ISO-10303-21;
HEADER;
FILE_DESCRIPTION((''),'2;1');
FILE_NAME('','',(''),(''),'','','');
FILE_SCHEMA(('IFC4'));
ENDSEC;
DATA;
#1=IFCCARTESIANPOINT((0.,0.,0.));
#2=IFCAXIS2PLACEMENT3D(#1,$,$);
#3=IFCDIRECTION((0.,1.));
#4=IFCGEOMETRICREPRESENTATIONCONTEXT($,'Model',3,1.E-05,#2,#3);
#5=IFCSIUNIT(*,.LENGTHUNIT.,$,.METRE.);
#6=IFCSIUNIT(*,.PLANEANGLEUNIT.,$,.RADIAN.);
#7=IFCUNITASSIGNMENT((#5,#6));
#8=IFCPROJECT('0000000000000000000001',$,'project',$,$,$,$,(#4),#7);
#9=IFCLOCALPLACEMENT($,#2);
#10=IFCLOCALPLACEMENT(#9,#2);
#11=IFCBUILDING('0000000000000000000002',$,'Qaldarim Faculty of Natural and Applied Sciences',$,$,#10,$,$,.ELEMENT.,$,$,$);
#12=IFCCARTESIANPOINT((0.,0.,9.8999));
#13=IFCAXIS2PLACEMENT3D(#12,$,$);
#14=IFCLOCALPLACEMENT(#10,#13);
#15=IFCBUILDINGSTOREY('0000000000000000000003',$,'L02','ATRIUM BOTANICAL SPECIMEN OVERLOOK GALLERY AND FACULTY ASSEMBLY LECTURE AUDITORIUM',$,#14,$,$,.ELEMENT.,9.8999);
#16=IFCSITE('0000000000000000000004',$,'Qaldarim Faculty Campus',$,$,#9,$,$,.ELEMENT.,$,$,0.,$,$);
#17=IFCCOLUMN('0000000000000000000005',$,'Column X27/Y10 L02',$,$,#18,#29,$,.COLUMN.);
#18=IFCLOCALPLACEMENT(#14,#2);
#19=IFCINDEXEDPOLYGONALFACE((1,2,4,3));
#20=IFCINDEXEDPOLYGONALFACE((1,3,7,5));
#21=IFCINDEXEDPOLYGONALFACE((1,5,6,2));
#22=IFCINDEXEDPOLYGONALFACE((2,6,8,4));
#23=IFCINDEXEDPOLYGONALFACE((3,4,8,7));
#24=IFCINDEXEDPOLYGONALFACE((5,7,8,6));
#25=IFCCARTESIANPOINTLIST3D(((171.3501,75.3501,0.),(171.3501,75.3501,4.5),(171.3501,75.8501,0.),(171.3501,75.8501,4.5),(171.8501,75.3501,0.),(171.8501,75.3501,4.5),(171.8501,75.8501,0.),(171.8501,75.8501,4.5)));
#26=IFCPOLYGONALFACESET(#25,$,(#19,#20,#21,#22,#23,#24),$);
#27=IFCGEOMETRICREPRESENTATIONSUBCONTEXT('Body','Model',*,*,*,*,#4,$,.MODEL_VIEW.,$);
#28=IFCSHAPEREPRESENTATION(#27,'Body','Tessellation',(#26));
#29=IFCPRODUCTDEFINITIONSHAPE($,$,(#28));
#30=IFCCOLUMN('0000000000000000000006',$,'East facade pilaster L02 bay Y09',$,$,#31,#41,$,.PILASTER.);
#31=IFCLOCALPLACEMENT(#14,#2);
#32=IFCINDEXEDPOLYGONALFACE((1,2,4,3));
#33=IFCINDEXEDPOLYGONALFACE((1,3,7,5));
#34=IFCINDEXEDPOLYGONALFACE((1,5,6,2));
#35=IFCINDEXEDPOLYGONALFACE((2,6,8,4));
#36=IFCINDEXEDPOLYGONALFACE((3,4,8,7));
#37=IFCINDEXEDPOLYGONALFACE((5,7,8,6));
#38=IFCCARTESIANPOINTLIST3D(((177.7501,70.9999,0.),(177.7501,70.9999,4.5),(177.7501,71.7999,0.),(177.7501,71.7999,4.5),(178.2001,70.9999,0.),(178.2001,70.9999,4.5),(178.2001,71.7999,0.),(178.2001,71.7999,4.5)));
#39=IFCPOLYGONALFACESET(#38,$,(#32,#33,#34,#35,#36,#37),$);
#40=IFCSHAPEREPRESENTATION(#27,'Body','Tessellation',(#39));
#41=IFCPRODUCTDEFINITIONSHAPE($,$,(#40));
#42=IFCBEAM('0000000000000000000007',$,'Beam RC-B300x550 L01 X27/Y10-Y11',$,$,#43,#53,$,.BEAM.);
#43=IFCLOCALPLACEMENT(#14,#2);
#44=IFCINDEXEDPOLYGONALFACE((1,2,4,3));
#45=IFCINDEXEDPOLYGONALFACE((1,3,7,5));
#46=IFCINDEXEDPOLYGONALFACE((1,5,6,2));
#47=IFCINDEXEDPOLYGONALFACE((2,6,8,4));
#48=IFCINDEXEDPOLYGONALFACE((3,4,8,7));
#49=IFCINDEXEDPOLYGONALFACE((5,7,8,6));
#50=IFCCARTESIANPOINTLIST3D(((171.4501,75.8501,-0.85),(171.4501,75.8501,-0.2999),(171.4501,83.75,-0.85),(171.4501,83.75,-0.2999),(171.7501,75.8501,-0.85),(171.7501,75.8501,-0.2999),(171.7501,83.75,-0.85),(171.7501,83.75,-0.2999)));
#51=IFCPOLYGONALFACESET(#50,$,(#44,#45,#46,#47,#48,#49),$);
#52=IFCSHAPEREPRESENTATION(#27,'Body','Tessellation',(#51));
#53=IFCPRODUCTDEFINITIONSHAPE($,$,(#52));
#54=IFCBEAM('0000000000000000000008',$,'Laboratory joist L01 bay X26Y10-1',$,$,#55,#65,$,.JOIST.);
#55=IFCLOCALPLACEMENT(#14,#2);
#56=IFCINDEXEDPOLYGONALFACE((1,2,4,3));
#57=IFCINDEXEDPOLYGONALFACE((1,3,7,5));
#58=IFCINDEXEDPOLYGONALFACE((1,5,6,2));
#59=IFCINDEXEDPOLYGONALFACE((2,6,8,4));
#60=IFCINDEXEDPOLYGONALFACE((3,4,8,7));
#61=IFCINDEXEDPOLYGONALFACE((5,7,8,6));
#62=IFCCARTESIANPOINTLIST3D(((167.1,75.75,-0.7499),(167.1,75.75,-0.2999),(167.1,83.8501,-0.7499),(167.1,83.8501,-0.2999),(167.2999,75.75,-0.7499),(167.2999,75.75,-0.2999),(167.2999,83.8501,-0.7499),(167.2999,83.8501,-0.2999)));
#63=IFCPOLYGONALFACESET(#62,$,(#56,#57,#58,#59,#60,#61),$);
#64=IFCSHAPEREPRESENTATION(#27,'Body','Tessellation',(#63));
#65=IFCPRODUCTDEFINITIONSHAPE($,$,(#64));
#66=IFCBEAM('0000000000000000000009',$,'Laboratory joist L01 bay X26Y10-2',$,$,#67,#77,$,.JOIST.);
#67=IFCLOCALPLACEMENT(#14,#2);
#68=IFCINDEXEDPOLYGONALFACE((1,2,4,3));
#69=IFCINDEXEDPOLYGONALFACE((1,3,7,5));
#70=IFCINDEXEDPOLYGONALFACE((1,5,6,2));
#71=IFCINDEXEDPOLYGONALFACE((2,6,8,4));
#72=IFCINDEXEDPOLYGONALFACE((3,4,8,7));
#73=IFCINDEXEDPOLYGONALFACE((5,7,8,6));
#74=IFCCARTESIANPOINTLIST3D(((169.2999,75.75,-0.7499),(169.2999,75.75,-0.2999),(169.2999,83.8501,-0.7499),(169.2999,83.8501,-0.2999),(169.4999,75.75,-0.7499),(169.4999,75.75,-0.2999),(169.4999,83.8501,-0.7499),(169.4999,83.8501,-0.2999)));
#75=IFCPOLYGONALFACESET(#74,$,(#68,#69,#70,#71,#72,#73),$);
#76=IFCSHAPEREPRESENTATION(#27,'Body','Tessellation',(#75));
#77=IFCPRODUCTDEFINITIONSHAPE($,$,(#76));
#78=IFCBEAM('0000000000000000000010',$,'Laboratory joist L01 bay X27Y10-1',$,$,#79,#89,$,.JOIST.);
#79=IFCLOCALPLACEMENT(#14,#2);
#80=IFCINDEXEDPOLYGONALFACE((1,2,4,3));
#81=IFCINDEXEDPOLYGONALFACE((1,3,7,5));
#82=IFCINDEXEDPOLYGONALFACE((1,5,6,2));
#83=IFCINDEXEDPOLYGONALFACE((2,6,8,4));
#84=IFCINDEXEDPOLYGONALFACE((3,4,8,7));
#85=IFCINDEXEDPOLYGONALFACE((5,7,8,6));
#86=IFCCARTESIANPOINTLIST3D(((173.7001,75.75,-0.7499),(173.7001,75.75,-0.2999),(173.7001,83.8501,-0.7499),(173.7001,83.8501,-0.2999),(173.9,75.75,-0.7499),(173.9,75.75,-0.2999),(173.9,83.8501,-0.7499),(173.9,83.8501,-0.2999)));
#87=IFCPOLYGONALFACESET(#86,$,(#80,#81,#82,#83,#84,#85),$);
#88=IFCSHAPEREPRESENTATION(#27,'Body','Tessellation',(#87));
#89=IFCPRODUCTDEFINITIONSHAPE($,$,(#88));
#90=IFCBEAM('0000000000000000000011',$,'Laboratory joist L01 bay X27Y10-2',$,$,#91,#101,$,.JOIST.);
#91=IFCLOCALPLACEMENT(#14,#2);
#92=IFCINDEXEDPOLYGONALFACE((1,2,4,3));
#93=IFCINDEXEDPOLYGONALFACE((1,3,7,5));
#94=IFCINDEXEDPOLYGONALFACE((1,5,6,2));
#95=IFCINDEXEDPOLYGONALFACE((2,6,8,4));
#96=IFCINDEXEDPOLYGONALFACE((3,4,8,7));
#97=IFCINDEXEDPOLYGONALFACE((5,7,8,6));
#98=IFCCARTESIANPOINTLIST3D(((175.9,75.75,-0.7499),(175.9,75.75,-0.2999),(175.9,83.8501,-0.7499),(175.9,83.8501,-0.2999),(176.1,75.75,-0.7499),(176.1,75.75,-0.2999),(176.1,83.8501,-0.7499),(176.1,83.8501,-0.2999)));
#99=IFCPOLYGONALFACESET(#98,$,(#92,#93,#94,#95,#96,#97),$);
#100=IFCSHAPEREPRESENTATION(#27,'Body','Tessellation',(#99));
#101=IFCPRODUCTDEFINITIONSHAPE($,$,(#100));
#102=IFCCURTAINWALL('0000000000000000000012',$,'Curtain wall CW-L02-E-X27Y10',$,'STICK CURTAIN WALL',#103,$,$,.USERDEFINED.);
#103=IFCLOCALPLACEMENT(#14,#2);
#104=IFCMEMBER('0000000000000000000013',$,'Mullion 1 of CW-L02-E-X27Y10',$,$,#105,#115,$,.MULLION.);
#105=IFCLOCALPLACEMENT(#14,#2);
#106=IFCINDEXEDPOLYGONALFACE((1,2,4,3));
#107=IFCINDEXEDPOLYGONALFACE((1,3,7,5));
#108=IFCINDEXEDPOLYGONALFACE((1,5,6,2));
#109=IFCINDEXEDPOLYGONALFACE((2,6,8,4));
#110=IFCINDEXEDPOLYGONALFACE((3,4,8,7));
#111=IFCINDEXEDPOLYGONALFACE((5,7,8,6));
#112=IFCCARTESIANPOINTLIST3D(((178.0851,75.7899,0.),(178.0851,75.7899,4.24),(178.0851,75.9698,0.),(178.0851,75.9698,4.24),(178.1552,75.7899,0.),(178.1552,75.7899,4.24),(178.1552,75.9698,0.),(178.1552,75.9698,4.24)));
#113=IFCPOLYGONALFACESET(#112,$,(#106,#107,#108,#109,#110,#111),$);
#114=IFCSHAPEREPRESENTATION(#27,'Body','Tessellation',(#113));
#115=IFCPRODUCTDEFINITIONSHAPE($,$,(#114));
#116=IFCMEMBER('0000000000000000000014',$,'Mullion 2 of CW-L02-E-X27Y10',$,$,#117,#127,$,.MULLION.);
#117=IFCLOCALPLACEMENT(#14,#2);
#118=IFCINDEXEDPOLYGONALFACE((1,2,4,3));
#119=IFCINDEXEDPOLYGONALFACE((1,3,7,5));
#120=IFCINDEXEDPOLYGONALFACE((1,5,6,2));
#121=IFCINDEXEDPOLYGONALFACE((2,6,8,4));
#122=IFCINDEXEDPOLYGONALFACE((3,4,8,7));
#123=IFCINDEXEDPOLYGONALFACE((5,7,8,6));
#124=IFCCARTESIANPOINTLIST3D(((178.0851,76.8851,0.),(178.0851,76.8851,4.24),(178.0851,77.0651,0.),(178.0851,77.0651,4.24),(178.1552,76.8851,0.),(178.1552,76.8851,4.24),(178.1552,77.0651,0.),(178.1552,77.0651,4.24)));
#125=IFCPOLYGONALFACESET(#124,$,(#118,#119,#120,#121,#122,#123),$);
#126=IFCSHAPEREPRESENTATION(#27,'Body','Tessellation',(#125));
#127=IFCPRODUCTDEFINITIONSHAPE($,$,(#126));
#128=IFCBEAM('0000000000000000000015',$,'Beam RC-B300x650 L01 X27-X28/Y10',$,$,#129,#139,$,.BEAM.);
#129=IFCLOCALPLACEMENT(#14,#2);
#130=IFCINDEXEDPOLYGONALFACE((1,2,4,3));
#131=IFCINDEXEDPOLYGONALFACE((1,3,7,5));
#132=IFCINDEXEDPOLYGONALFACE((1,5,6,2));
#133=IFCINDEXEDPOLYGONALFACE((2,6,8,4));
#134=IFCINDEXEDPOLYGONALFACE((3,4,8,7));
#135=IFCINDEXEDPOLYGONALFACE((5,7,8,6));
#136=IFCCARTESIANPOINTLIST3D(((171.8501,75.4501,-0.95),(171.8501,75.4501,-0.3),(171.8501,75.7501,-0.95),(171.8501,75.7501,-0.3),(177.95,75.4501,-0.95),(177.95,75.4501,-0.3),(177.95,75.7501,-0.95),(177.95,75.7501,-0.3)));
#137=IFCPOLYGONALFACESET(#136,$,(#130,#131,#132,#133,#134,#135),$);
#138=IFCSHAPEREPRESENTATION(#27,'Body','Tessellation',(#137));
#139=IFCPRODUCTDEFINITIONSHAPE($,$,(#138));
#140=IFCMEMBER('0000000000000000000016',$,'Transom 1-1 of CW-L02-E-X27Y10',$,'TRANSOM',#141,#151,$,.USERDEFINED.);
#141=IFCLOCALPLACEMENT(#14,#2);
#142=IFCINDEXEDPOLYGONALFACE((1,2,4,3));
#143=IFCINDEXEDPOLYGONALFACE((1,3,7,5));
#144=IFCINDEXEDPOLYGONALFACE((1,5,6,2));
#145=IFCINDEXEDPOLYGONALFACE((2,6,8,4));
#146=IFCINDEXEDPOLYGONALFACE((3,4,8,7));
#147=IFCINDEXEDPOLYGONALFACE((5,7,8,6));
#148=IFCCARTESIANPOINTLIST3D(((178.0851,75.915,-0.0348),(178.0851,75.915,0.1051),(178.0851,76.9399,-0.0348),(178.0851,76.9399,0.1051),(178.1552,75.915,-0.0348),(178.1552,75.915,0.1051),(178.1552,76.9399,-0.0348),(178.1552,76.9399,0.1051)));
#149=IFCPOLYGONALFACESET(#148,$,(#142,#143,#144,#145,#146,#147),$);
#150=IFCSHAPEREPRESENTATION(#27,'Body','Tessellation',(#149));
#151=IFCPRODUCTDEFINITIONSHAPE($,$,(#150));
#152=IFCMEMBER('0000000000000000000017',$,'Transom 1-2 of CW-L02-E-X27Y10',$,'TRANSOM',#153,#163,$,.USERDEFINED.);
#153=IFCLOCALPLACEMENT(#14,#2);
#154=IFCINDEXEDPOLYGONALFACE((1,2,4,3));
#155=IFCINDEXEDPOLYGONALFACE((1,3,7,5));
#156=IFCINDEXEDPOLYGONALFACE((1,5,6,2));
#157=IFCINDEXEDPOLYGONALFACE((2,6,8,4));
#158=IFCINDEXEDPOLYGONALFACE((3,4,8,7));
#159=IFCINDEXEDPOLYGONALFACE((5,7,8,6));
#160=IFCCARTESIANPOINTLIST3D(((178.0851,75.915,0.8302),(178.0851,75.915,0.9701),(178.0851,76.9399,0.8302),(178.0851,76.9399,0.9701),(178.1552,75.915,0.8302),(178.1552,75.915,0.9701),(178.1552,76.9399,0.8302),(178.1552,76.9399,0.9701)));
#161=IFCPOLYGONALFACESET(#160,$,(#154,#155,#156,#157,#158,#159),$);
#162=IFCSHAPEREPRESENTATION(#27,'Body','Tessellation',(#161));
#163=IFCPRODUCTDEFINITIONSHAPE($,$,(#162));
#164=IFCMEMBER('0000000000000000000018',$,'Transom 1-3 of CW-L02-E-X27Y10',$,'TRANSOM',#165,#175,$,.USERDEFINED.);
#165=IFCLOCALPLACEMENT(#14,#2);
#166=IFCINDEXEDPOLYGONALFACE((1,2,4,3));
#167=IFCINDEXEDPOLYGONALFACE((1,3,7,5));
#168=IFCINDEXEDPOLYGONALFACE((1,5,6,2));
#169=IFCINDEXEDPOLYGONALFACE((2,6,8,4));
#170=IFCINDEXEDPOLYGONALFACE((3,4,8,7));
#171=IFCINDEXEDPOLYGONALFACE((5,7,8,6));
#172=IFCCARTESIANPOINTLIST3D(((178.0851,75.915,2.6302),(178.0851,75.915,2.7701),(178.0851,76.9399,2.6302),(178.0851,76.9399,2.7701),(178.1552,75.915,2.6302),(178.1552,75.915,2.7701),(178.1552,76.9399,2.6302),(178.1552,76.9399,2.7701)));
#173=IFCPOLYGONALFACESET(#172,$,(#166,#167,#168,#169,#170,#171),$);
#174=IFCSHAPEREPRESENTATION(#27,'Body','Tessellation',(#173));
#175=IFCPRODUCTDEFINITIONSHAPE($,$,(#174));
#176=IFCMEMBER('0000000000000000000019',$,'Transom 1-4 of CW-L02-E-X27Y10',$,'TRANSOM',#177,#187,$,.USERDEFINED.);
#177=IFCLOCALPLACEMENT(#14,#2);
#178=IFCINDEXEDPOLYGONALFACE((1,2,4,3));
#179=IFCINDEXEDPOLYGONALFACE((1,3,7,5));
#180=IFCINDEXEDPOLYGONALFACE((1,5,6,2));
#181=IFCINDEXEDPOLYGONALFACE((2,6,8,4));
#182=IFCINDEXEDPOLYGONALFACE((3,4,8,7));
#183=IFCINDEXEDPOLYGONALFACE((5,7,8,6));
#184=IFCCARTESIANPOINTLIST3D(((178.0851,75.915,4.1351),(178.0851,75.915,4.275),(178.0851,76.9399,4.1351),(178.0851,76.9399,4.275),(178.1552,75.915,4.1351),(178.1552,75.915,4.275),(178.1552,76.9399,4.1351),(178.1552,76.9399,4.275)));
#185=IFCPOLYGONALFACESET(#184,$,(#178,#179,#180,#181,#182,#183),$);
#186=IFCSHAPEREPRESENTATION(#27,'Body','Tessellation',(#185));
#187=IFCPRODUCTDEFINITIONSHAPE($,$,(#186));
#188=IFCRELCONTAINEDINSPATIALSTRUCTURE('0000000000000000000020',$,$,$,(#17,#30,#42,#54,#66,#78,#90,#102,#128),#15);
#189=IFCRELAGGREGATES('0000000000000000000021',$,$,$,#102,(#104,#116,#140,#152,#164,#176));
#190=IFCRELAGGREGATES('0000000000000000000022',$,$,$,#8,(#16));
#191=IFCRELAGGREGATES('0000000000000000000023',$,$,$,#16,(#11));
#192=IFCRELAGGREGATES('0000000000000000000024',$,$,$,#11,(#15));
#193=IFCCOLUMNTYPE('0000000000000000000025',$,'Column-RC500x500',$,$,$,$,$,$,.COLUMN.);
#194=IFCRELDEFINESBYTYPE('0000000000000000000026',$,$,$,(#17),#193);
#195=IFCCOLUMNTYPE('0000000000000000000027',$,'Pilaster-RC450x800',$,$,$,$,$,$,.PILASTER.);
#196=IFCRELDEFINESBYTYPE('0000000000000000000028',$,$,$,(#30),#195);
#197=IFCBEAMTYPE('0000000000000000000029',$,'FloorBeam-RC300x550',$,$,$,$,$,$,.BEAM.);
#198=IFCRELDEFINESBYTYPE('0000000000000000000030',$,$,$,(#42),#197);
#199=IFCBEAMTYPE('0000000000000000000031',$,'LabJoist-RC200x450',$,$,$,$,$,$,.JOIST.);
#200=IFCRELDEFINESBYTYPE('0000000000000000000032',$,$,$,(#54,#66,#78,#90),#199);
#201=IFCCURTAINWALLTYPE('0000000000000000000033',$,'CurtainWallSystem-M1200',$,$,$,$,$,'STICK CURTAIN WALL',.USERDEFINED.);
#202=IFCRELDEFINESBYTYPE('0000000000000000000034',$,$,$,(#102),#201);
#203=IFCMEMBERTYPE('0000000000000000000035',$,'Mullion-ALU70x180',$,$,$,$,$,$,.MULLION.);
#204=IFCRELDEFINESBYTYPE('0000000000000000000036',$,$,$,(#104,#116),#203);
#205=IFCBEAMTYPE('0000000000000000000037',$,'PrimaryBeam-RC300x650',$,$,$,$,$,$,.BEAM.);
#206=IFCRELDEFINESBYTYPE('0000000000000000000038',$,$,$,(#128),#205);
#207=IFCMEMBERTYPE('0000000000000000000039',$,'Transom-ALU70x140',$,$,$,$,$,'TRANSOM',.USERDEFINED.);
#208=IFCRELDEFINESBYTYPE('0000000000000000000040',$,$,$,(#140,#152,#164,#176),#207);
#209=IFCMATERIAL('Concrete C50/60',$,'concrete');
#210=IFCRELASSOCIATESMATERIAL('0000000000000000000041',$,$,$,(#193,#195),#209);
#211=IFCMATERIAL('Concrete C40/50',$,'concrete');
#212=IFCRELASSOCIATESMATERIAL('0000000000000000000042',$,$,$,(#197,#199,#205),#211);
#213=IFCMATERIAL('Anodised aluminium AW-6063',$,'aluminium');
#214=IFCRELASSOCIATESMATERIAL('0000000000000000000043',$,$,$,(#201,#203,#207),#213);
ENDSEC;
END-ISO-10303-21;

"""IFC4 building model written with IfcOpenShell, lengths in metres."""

from ifc_helpers import new_model, si_unit, direction, frame, origin, origin_2d, place, context, subcontext, project, spatial, rectangle, extrude, material, material_profile, profile_set, type_object, element, aggregate, save


model = new_model("IFC4")

# Units and contexts
model_context = context("Model", 3, precision=1e-05, world=origin(), true_north=direction((0.0, 1.0)))
body_context = subcontext(model_context, "Body", "Model", "MODEL_VIEW")
ifc_project = project(units=[si_unit("LENGTHUNIT", "METRE"), si_unit("PLANEANGLEUNIT", "RADIAN")], contexts=[model_context])

# Site, building, storey
site_placement = place(None, origin())
site = spatial("IfcSite", under=ifc_project, at=site_placement, Name="Qaldarim Faculty Campus", CompositionType="ELEMENT", RefElevation=0.0)
building_placement = place(site_placement, origin())
building = spatial("IfcBuilding", under=site, at=building_placement, Name="Qaldarim Faculty of Natural and Applied Sciences", CompositionType="ELEMENT")
storey_placement = place(building_placement, frame((0.0, 0.0, 9.8999)))
storey = spatial("IfcBuildingStorey", under=building, at=storey_placement, Name="L02", Description="ATRIUM BOTANICAL SPECIMEN OVERLOOK GALLERY AND FACULTY ASSEMBLY LECTURE AUDITORIUM", CompositionType="ELEMENT", Elevation=9.8999)

# Columns
ifc_material_1 = material(Name="Concrete C50/60", Category="concrete")
ifc_material_profile_1 = material_profile(ifc_material_1, rectangle(XDim=0.5, YDim=0.5, at=origin_2d()), Name="RC-C500x500")
ifc_profile_set_1 = profile_set([ifc_material_profile_1], Name="Concrete C50/60")
column_type_1 = type_object("IfcColumnType", Name="Column-RC500x500", PredefinedType="COLUMN", material=ifc_profile_set_1)
column_1_placement = place(storey_placement, frame((171.6001, 75.6001, 0.0), z_axis=(0.0, 0.0, 1.0), x_axis=(1.0, 0.0, 0.0)))
element("IfcColumn", 1, at=column_1_placement, inside=storey, type_object=column_type_1, Name="Column X27/Y10 L02", PredefinedType="COLUMN", context=body_context, shape_type="SweptSolid", body=[
    extrude(rectangle(XDim=0.5, YDim=0.5, at=origin_2d()), origin(), (0.0, 0.0, 1.0), 4.5),
])
ifc_material_profile_2 = material_profile(ifc_material_1, rectangle(XDim=0.45, YDim=0.8, at=origin_2d()), Name="RC-C450x800")
ifc_profile_set_2 = profile_set([ifc_material_profile_2], Name="Concrete C50/60")
column_type_2 = type_object("IfcColumnType", Name="Pilaster-RC450x800", PredefinedType="PILASTER", material=ifc_profile_set_2)
column_2_placement = place(storey_placement, frame((177.9751, 71.3999, 0.0), z_axis=(0.0, 0.0, 1.0), x_axis=(1.0, 0.0, 0.0)))
element("IfcColumn", 2, at=column_2_placement, inside=storey, type_object=column_type_2, Name="East facade pilaster L02 bay Y09", PredefinedType="PILASTER", context=body_context, shape_type="SweptSolid", body=[
    extrude(rectangle(XDim=0.45, YDim=0.8, at=origin_2d()), origin(), (0.0, 0.0, 1.0), 4.5),
])

# Beams
ifc_material_2 = material(Name="Concrete C40/50", Category="concrete")
ifc_material_profile_3 = material_profile(ifc_material_2, rectangle(XDim=0.3, YDim=0.55, at=origin_2d()), Name="RC-B300x550")
ifc_profile_set_3 = profile_set([ifc_material_profile_3], Name="Concrete C40/50")
beam_type_1 = type_object("IfcBeamType", Name="FloorBeam-RC300x550", PredefinedType="BEAM", material=ifc_profile_set_3)
beam_1_placement = place(storey_placement, frame((171.6001, 75.8501, -0.575), z_axis=(0.0, 1.0, 0.0), x_axis=(-1.0, 0.0, 0.0)))
element("IfcBeam", 3, at=beam_1_placement, inside=storey, type_object=beam_type_1, Name="Beam RC-B300x550 L01 X27/Y10-Y11", PredefinedType="BEAM", context=body_context, shape_type="SweptSolid", body=[
    extrude(rectangle(XDim=0.3, YDim=0.55, at=origin_2d()), origin(), (0.0, 0.0, 1.0), 7.8999),
])
ifc_material_profile_4 = material_profile(ifc_material_2, rectangle(XDim=0.2, YDim=0.45, at=origin_2d()), Name="RC-J200x450")
ifc_profile_set_4 = profile_set([ifc_material_profile_4], Name="Concrete C40/50")
beam_type_2 = type_object("IfcBeamType", Name="LabJoist-RC200x450", PredefinedType="JOIST", material=ifc_profile_set_4)
for number, where, z_axis, x_axis, name in (
    (4, (167.2, 75.75, -0.5249), (0.0, 1.0, 0.0), (-1.0, 0.0, 0.0), "Laboratory joist L01 bay X26Y10-1"),
    (5, (169.3999, 75.75, -0.5249), (0.0, 1.0, 0.0), (-1.0, 0.0, 0.0), "Laboratory joist L01 bay X26Y10-2"),
    (6, (173.8, 75.75, -0.5249), (0.0, 1.0, 0.0), (-1.0, 0.0, 0.0), "Laboratory joist L01 bay X27Y10-1"),
    (7, (176.0, 75.75, -0.5249), (0.0, 1.0, 0.0), (-1.0, 0.0, 0.0), "Laboratory joist L01 bay X27Y10-2"),
):
    element("IfcBeam", number, at=place(storey_placement, frame(where, z_axis=z_axis, x_axis=x_axis)), inside=storey, type_object=beam_type_2, Name=name, PredefinedType="JOIST", context=body_context, shape_type="SweptSolid", body=[
        extrude(rectangle(XDim=0.2, YDim=0.45, at=origin_2d()), origin(), (0.0, 0.0, 1.0), 8.1001),
    ])

# Curtain wall, members
ifc_material_3 = material(Name="Anodised aluminium AW-6063", Category="aluminium")
curtain_wall_type = type_object("IfcCurtainWallType", Name="CurtainWallSystem-M1200", ElementType="STICK CURTAIN WALL", PredefinedType="USERDEFINED", material=ifc_material_3)
curtain_wall_placement = place(storey_placement, origin())
curtain_wall = element("IfcCurtainWall", 8, at=curtain_wall_placement, inside=storey, type_object=curtain_wall_type, Name="Curtain wall CW-L02-E-X27Y10", ObjectType="STICK CURTAIN WALL", PredefinedType="USERDEFINED")
ifc_material_profile_5 = material_profile(ifc_material_3, rectangle(XDim=0.0701, YDim=0.1799, at=origin_2d()), Name="ALU-M70x180")
ifc_profile_set_5 = profile_set([ifc_material_profile_5], Name="Anodised aluminium AW-6063")
member_type_1 = type_object("IfcMemberType", Name="Mullion-ALU70x180", PredefinedType="MULLION", material=ifc_profile_set_5)
member_1_placement = place(storey_placement, frame((178.1201, 75.8799, 0.0), z_axis=(0.0, 0.0, 1.0), x_axis=(-1.0, 0.0, 0.0)))
member_1 = element("IfcMember", 9, at=member_1_placement, type_object=member_type_1, Name="Mullion 1 of CW-L02-E-X27Y10", PredefinedType="MULLION", context=body_context, shape_type="SweptSolid", body=[
    extrude(rectangle(XDim=0.0701, YDim=0.1799, at=origin_2d()), origin(), (0.0, 0.0, 1.0), 4.24),
])
member_2_placement = place(storey_placement, frame((178.1201, 76.9751, 0.0), z_axis=(0.0, 0.0, 1.0), x_axis=(-1.0, 0.0, 0.0)))
member_2 = element("IfcMember", 10, at=member_2_placement, type_object=member_type_1, Name="Mullion 2 of CW-L02-E-X27Y10", PredefinedType="MULLION", context=body_context, shape_type="SweptSolid", body=[
    extrude(rectangle(XDim=0.0701, YDim=0.1799, at=origin_2d()), origin(), (0.0, 0.0, 1.0), 4.24),
])

# Beam
ifc_material_profile_6 = material_profile(ifc_material_2, rectangle(XDim=0.3, YDim=0.6499, at=origin_2d()), Name="RC-B300x650")
ifc_profile_set_6 = profile_set([ifc_material_profile_6], Name="Concrete C40/50")
beam_type_3 = type_object("IfcBeamType", Name="PrimaryBeam-RC300x650", PredefinedType="BEAM", material=ifc_profile_set_6)
beam_2_placement = place(storey_placement, frame((171.8501, 75.6001, -0.625), z_axis=(1.0, 0.0, 0.0), x_axis=(0.0, 1.0, 0.0)))
element("IfcBeam", 11, at=beam_2_placement, inside=storey, type_object=beam_type_3, Name="Beam RC-B300x650 L01 X27-X28/Y10", PredefinedType="BEAM", context=body_context, shape_type="SweptSolid", body=[
    extrude(rectangle(XDim=0.3, YDim=0.6499, at=origin_2d()), origin(), (0.0, 0.0, 1.0), 6.0999),
])

# Members
ifc_material_profile_7 = material_profile(ifc_material_3, rectangle(XDim=0.0701, YDim=0.1399, at=origin_2d()), Name="ALU-T70x140")
ifc_profile_set_7 = profile_set([ifc_material_profile_7], Name="Anodised aluminium AW-6063")
member_type_2 = type_object("IfcMemberType", Name="Transom-ALU70x140", ElementType="TRANSOM", PredefinedType="USERDEFINED", material=ifc_profile_set_7)
member_3_placement = place(storey_placement, frame((178.1201, 75.915, 0.0352), z_axis=(0.0, 1.0, 0.0), x_axis=(-1.0, 0.0, 0.0)))
member_3 = element("IfcMember", 12, at=member_3_placement, type_object=member_type_2, Name="Transom 1-1 of CW-L02-E-X27Y10", ObjectType="TRANSOM", PredefinedType="USERDEFINED", context=body_context, shape_type="SweptSolid", body=[
    extrude(rectangle(XDim=0.0701, YDim=0.1399, at=origin_2d()), origin(), (0.0, 0.0, 1.0), 1.0249),
])
member_4_placement = place(storey_placement, frame((178.1201, 75.915, 0.9001), z_axis=(0.0, 1.0, 0.0), x_axis=(-1.0, 0.0, 0.0)))
member_4 = element("IfcMember", 13, at=member_4_placement, type_object=member_type_2, Name="Transom 1-2 of CW-L02-E-X27Y10", ObjectType="TRANSOM", PredefinedType="USERDEFINED", context=body_context, shape_type="SweptSolid", body=[
    extrude(rectangle(XDim=0.0701, YDim=0.1399, at=origin_2d()), origin(), (0.0, 0.0, 1.0), 1.0249),
])
member_5_placement = place(storey_placement, frame((178.1201, 75.915, 2.7002), z_axis=(0.0, 1.0, 0.0), x_axis=(-1.0, 0.0, 0.0)))
member_5 = element("IfcMember", 14, at=member_5_placement, type_object=member_type_2, Name="Transom 1-3 of CW-L02-E-X27Y10", ObjectType="TRANSOM", PredefinedType="USERDEFINED", context=body_context, shape_type="SweptSolid", body=[
    extrude(rectangle(XDim=0.0701, YDim=0.1399, at=origin_2d()), origin(), (0.0, 0.0, 1.0), 1.0249),
])
member_6_placement = place(storey_placement, frame((178.1201, 75.915, 4.2051), z_axis=(0.0, 1.0, 0.0), x_axis=(-1.0, 0.0, 0.0)))
member_6 = element("IfcMember", 15, at=member_6_placement, type_object=member_type_2, Name="Transom 1-4 of CW-L02-E-X27Y10", ObjectType="TRANSOM", PredefinedType="USERDEFINED", context=body_context, shape_type="SweptSolid", body=[
    extrude(rectangle(XDim=0.0701, YDim=0.1399, at=origin_2d()), origin(), (0.0, 0.0, 1.0), 1.0249),
])

aggregate(curtain_wall, [member_1, member_2, member_3, member_4, member_5, member_6])

save(model, "model.ifc")
